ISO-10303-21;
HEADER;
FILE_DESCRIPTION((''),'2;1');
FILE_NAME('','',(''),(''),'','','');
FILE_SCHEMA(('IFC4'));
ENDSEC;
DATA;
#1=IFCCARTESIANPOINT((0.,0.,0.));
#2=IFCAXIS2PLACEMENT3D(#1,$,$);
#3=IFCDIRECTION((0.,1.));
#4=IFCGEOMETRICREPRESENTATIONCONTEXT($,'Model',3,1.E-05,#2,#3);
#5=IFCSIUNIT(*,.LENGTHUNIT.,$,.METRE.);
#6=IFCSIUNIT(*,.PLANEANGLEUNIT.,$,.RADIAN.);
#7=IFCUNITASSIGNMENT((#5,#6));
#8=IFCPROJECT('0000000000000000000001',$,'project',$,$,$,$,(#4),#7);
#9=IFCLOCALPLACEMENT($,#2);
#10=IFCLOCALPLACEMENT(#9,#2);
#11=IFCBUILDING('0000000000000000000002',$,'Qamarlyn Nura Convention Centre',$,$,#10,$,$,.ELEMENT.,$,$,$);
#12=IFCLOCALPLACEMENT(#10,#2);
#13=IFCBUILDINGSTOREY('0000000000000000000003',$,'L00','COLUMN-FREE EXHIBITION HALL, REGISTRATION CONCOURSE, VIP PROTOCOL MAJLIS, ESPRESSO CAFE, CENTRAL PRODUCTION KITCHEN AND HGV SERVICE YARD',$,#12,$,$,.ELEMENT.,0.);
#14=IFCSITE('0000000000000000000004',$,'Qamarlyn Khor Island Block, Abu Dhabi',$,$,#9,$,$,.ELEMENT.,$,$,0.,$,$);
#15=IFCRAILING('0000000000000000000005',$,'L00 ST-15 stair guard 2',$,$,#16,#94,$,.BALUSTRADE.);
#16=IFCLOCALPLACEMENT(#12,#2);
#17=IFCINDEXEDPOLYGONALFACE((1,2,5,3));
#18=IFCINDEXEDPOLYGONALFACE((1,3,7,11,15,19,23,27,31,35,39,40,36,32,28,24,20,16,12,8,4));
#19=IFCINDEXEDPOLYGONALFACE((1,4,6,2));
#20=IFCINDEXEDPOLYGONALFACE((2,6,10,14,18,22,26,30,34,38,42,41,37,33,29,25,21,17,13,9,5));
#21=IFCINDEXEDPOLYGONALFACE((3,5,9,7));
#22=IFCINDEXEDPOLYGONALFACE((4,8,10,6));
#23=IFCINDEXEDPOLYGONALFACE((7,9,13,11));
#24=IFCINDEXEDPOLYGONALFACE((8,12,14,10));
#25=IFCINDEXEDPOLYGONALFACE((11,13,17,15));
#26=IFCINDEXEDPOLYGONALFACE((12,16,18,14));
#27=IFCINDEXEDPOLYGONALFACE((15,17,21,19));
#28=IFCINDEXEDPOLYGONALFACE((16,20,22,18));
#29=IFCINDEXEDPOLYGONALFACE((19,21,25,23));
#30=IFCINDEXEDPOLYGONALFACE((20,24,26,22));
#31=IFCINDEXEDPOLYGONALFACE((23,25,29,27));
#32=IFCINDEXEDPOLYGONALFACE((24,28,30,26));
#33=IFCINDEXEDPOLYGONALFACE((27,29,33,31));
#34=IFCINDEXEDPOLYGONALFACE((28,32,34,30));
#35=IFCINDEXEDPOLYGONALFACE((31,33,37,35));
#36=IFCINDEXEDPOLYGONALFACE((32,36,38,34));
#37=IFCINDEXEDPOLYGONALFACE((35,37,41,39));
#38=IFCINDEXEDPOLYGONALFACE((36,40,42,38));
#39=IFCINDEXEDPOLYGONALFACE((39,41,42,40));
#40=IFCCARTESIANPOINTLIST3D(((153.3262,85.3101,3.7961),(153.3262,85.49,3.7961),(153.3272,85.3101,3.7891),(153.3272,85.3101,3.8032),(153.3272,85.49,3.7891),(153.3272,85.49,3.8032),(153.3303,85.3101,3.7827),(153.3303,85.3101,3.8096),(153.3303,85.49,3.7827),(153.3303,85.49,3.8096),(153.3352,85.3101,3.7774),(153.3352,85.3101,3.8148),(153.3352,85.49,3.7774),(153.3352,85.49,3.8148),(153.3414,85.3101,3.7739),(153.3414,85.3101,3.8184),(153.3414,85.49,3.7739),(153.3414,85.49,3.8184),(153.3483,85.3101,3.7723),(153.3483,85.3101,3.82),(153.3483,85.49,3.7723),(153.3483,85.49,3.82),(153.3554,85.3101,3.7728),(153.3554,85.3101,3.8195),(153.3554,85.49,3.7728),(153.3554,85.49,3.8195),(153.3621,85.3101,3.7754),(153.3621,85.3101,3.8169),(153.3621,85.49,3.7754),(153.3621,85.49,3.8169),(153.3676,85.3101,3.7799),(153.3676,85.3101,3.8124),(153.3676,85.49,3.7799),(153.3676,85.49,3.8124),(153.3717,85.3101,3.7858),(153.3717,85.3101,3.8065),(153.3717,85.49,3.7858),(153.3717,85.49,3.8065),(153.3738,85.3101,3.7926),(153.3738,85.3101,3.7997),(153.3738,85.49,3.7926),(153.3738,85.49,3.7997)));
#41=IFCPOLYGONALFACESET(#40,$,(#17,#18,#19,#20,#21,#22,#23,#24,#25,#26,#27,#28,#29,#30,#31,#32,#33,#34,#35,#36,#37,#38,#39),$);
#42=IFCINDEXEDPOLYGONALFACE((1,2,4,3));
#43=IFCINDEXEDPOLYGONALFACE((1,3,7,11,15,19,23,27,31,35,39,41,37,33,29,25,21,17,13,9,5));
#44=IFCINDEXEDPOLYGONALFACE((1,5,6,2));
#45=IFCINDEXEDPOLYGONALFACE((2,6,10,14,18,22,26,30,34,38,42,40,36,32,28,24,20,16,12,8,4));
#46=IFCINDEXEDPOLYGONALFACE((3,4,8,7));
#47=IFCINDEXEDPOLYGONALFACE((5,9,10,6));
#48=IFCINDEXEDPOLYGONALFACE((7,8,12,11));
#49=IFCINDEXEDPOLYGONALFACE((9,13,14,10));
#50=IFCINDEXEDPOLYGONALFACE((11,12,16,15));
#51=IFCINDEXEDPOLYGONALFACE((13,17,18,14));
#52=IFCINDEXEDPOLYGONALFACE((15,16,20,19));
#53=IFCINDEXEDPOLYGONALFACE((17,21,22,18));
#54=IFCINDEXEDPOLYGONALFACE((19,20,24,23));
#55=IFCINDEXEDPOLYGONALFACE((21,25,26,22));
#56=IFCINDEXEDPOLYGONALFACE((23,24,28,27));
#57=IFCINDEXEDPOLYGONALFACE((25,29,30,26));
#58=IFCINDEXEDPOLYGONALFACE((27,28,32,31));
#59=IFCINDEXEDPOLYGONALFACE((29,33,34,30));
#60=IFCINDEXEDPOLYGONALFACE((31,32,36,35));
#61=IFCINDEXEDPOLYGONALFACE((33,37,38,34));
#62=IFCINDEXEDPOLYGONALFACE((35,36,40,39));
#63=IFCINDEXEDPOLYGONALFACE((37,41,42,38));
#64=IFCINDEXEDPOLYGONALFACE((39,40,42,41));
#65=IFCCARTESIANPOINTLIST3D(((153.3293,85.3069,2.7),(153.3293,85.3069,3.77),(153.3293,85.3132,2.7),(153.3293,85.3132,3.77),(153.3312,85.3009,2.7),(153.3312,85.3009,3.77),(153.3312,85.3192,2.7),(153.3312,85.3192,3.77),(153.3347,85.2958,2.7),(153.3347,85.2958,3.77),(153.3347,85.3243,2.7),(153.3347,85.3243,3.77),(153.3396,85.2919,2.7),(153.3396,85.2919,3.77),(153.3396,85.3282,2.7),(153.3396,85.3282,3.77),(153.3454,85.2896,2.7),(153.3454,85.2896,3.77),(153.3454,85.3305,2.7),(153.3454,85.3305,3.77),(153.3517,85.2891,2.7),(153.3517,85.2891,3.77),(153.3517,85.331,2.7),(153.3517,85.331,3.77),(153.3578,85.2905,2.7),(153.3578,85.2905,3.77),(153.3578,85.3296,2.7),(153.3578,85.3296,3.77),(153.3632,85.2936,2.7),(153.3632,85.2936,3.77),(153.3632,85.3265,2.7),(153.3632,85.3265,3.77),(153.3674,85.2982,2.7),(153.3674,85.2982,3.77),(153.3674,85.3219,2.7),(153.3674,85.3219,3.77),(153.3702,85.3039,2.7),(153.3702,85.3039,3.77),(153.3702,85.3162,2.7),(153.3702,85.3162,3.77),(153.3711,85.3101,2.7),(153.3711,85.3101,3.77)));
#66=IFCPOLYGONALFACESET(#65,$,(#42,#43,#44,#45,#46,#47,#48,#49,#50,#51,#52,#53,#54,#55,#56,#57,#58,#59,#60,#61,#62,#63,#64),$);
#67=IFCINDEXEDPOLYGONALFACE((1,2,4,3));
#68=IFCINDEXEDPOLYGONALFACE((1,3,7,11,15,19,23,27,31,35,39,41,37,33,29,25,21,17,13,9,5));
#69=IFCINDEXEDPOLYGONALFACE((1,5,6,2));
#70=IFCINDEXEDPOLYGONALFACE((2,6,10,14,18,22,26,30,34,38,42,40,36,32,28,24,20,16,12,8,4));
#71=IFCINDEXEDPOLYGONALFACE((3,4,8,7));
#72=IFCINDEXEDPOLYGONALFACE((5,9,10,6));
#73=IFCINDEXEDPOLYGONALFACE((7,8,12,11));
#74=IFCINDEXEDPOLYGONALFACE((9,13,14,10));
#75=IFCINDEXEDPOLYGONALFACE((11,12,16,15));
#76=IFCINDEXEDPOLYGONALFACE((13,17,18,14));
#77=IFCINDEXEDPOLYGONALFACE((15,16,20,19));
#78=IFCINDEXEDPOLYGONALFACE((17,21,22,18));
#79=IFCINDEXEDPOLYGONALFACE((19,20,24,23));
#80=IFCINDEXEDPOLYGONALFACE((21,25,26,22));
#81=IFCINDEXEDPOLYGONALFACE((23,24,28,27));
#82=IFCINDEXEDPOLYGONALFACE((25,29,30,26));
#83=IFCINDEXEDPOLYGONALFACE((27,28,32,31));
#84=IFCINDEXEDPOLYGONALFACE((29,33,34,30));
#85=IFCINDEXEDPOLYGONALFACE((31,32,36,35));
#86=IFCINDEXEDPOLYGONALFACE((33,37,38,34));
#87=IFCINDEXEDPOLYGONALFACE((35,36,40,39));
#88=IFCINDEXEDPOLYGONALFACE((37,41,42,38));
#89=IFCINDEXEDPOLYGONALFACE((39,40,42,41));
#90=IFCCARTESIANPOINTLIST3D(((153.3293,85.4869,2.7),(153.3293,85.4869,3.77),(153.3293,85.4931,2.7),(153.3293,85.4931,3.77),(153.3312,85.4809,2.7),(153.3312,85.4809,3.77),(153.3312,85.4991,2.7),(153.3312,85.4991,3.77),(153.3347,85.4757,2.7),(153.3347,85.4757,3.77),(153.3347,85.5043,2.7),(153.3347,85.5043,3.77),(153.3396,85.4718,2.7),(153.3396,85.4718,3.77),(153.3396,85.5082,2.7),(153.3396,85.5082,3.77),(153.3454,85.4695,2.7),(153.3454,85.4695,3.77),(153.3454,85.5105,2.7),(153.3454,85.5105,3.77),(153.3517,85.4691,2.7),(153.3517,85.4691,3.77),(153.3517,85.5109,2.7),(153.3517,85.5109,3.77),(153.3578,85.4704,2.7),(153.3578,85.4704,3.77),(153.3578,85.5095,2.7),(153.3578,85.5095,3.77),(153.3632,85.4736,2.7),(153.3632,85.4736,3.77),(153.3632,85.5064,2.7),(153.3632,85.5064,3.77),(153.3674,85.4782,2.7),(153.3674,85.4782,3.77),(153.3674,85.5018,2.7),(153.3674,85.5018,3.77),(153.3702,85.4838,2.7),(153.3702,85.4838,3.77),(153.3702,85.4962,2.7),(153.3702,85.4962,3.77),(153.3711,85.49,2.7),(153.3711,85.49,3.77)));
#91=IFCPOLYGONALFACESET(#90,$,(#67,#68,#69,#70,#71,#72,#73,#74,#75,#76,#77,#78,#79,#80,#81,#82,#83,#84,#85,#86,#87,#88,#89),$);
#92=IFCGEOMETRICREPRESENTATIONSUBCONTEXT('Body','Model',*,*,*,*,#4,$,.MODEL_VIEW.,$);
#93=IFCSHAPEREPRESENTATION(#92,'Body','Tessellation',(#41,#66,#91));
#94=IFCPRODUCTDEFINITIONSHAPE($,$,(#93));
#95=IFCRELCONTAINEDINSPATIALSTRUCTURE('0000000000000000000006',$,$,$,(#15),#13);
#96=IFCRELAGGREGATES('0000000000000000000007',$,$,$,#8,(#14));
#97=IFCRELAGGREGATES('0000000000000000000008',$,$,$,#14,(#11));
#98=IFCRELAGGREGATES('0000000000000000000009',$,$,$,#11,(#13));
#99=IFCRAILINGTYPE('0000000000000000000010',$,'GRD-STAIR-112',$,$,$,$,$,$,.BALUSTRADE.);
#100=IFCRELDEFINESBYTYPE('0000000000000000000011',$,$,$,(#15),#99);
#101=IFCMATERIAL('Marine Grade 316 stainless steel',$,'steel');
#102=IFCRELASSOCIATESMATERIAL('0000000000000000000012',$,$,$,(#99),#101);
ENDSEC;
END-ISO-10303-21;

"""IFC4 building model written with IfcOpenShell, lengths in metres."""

from ifc_helpers import new_model, si_unit, direction, frame, origin, origin_2d, place, context, subcontext, project, spatial, circle, extrude, material, type_object, element, save


model = new_model("IFC4")

# Units and contexts
model_context = context("Model", 3, precision=1e-05, world=origin(), true_north=direction((0.0, 1.0)))
body_context = subcontext(model_context, "Body", "Model", "MODEL_VIEW")
ifc_project = project(units=[si_unit("LENGTHUNIT", "METRE"), si_unit("PLANEANGLEUNIT", "RADIAN")], contexts=[model_context])

# Site, building, storey
site_placement = place(None, origin())
site = spatial("IfcSite", under=ifc_project, at=site_placement, Name="Qamarlyn Khor Island Block, Abu Dhabi", CompositionType="ELEMENT", RefElevation=0.0)
building_placement = place(site_placement, origin())
building = spatial("IfcBuilding", under=site, at=building_placement, Name="Qamarlyn Nura Convention Centre", CompositionType="ELEMENT")
storey_placement = place(building_placement, origin())
storey = spatial("IfcBuildingStorey", under=building, at=storey_placement, Name="L00", Description="COLUMN-FREE EXHIBITION HALL, REGISTRATION CONCOURSE, VIP PROTOCOL MAJLIS, ESPRESSO CAFE, CENTRAL PRODUCTION KITCHEN AND HGV SERVICE YARD", CompositionType="ELEMENT", Elevation=0.0)

# Railing
ifc_material_1 = material(Name="Marine Grade 316 stainless steel", Category="steel")
railing_type_1 = type_object("IfcRailingType", Name="GRD-STAIR-112", PredefinedType="BALUSTRADE", material=ifc_material_1)
railing_1_placement = place(storey_placement, frame((153.3501, 85.3101, 2.7)))
element("IfcRailing", 1, at=railing_1_placement, inside=storey, type_object=railing_type_1, Name="L00 ST-15 stair guard 2", PredefinedType="BALUSTRADE", context=body_context, shape_type="SweptSolid", body=[
    extrude(circle(Radius=0.0239, at=origin_2d()), frame((0.0, 0.0, 1.0962), z_axis=(0.0, 1.0, 0.0), x_axis=(-1.0, 0.0, 0.0)), (0.0, 0.0, 1.0), 0.1799),
    extrude(circle(Radius=0.021, at=origin_2d()), origin(), (0.0, 0.0, 1.0), 1.0701),
    extrude(circle(Radius=0.021, at=origin_2d()), frame((0.0, 0.1799, 0.0)), (0.0, 0.0, 1.0), 1.0701),
])

save(model, "model.ifc")
